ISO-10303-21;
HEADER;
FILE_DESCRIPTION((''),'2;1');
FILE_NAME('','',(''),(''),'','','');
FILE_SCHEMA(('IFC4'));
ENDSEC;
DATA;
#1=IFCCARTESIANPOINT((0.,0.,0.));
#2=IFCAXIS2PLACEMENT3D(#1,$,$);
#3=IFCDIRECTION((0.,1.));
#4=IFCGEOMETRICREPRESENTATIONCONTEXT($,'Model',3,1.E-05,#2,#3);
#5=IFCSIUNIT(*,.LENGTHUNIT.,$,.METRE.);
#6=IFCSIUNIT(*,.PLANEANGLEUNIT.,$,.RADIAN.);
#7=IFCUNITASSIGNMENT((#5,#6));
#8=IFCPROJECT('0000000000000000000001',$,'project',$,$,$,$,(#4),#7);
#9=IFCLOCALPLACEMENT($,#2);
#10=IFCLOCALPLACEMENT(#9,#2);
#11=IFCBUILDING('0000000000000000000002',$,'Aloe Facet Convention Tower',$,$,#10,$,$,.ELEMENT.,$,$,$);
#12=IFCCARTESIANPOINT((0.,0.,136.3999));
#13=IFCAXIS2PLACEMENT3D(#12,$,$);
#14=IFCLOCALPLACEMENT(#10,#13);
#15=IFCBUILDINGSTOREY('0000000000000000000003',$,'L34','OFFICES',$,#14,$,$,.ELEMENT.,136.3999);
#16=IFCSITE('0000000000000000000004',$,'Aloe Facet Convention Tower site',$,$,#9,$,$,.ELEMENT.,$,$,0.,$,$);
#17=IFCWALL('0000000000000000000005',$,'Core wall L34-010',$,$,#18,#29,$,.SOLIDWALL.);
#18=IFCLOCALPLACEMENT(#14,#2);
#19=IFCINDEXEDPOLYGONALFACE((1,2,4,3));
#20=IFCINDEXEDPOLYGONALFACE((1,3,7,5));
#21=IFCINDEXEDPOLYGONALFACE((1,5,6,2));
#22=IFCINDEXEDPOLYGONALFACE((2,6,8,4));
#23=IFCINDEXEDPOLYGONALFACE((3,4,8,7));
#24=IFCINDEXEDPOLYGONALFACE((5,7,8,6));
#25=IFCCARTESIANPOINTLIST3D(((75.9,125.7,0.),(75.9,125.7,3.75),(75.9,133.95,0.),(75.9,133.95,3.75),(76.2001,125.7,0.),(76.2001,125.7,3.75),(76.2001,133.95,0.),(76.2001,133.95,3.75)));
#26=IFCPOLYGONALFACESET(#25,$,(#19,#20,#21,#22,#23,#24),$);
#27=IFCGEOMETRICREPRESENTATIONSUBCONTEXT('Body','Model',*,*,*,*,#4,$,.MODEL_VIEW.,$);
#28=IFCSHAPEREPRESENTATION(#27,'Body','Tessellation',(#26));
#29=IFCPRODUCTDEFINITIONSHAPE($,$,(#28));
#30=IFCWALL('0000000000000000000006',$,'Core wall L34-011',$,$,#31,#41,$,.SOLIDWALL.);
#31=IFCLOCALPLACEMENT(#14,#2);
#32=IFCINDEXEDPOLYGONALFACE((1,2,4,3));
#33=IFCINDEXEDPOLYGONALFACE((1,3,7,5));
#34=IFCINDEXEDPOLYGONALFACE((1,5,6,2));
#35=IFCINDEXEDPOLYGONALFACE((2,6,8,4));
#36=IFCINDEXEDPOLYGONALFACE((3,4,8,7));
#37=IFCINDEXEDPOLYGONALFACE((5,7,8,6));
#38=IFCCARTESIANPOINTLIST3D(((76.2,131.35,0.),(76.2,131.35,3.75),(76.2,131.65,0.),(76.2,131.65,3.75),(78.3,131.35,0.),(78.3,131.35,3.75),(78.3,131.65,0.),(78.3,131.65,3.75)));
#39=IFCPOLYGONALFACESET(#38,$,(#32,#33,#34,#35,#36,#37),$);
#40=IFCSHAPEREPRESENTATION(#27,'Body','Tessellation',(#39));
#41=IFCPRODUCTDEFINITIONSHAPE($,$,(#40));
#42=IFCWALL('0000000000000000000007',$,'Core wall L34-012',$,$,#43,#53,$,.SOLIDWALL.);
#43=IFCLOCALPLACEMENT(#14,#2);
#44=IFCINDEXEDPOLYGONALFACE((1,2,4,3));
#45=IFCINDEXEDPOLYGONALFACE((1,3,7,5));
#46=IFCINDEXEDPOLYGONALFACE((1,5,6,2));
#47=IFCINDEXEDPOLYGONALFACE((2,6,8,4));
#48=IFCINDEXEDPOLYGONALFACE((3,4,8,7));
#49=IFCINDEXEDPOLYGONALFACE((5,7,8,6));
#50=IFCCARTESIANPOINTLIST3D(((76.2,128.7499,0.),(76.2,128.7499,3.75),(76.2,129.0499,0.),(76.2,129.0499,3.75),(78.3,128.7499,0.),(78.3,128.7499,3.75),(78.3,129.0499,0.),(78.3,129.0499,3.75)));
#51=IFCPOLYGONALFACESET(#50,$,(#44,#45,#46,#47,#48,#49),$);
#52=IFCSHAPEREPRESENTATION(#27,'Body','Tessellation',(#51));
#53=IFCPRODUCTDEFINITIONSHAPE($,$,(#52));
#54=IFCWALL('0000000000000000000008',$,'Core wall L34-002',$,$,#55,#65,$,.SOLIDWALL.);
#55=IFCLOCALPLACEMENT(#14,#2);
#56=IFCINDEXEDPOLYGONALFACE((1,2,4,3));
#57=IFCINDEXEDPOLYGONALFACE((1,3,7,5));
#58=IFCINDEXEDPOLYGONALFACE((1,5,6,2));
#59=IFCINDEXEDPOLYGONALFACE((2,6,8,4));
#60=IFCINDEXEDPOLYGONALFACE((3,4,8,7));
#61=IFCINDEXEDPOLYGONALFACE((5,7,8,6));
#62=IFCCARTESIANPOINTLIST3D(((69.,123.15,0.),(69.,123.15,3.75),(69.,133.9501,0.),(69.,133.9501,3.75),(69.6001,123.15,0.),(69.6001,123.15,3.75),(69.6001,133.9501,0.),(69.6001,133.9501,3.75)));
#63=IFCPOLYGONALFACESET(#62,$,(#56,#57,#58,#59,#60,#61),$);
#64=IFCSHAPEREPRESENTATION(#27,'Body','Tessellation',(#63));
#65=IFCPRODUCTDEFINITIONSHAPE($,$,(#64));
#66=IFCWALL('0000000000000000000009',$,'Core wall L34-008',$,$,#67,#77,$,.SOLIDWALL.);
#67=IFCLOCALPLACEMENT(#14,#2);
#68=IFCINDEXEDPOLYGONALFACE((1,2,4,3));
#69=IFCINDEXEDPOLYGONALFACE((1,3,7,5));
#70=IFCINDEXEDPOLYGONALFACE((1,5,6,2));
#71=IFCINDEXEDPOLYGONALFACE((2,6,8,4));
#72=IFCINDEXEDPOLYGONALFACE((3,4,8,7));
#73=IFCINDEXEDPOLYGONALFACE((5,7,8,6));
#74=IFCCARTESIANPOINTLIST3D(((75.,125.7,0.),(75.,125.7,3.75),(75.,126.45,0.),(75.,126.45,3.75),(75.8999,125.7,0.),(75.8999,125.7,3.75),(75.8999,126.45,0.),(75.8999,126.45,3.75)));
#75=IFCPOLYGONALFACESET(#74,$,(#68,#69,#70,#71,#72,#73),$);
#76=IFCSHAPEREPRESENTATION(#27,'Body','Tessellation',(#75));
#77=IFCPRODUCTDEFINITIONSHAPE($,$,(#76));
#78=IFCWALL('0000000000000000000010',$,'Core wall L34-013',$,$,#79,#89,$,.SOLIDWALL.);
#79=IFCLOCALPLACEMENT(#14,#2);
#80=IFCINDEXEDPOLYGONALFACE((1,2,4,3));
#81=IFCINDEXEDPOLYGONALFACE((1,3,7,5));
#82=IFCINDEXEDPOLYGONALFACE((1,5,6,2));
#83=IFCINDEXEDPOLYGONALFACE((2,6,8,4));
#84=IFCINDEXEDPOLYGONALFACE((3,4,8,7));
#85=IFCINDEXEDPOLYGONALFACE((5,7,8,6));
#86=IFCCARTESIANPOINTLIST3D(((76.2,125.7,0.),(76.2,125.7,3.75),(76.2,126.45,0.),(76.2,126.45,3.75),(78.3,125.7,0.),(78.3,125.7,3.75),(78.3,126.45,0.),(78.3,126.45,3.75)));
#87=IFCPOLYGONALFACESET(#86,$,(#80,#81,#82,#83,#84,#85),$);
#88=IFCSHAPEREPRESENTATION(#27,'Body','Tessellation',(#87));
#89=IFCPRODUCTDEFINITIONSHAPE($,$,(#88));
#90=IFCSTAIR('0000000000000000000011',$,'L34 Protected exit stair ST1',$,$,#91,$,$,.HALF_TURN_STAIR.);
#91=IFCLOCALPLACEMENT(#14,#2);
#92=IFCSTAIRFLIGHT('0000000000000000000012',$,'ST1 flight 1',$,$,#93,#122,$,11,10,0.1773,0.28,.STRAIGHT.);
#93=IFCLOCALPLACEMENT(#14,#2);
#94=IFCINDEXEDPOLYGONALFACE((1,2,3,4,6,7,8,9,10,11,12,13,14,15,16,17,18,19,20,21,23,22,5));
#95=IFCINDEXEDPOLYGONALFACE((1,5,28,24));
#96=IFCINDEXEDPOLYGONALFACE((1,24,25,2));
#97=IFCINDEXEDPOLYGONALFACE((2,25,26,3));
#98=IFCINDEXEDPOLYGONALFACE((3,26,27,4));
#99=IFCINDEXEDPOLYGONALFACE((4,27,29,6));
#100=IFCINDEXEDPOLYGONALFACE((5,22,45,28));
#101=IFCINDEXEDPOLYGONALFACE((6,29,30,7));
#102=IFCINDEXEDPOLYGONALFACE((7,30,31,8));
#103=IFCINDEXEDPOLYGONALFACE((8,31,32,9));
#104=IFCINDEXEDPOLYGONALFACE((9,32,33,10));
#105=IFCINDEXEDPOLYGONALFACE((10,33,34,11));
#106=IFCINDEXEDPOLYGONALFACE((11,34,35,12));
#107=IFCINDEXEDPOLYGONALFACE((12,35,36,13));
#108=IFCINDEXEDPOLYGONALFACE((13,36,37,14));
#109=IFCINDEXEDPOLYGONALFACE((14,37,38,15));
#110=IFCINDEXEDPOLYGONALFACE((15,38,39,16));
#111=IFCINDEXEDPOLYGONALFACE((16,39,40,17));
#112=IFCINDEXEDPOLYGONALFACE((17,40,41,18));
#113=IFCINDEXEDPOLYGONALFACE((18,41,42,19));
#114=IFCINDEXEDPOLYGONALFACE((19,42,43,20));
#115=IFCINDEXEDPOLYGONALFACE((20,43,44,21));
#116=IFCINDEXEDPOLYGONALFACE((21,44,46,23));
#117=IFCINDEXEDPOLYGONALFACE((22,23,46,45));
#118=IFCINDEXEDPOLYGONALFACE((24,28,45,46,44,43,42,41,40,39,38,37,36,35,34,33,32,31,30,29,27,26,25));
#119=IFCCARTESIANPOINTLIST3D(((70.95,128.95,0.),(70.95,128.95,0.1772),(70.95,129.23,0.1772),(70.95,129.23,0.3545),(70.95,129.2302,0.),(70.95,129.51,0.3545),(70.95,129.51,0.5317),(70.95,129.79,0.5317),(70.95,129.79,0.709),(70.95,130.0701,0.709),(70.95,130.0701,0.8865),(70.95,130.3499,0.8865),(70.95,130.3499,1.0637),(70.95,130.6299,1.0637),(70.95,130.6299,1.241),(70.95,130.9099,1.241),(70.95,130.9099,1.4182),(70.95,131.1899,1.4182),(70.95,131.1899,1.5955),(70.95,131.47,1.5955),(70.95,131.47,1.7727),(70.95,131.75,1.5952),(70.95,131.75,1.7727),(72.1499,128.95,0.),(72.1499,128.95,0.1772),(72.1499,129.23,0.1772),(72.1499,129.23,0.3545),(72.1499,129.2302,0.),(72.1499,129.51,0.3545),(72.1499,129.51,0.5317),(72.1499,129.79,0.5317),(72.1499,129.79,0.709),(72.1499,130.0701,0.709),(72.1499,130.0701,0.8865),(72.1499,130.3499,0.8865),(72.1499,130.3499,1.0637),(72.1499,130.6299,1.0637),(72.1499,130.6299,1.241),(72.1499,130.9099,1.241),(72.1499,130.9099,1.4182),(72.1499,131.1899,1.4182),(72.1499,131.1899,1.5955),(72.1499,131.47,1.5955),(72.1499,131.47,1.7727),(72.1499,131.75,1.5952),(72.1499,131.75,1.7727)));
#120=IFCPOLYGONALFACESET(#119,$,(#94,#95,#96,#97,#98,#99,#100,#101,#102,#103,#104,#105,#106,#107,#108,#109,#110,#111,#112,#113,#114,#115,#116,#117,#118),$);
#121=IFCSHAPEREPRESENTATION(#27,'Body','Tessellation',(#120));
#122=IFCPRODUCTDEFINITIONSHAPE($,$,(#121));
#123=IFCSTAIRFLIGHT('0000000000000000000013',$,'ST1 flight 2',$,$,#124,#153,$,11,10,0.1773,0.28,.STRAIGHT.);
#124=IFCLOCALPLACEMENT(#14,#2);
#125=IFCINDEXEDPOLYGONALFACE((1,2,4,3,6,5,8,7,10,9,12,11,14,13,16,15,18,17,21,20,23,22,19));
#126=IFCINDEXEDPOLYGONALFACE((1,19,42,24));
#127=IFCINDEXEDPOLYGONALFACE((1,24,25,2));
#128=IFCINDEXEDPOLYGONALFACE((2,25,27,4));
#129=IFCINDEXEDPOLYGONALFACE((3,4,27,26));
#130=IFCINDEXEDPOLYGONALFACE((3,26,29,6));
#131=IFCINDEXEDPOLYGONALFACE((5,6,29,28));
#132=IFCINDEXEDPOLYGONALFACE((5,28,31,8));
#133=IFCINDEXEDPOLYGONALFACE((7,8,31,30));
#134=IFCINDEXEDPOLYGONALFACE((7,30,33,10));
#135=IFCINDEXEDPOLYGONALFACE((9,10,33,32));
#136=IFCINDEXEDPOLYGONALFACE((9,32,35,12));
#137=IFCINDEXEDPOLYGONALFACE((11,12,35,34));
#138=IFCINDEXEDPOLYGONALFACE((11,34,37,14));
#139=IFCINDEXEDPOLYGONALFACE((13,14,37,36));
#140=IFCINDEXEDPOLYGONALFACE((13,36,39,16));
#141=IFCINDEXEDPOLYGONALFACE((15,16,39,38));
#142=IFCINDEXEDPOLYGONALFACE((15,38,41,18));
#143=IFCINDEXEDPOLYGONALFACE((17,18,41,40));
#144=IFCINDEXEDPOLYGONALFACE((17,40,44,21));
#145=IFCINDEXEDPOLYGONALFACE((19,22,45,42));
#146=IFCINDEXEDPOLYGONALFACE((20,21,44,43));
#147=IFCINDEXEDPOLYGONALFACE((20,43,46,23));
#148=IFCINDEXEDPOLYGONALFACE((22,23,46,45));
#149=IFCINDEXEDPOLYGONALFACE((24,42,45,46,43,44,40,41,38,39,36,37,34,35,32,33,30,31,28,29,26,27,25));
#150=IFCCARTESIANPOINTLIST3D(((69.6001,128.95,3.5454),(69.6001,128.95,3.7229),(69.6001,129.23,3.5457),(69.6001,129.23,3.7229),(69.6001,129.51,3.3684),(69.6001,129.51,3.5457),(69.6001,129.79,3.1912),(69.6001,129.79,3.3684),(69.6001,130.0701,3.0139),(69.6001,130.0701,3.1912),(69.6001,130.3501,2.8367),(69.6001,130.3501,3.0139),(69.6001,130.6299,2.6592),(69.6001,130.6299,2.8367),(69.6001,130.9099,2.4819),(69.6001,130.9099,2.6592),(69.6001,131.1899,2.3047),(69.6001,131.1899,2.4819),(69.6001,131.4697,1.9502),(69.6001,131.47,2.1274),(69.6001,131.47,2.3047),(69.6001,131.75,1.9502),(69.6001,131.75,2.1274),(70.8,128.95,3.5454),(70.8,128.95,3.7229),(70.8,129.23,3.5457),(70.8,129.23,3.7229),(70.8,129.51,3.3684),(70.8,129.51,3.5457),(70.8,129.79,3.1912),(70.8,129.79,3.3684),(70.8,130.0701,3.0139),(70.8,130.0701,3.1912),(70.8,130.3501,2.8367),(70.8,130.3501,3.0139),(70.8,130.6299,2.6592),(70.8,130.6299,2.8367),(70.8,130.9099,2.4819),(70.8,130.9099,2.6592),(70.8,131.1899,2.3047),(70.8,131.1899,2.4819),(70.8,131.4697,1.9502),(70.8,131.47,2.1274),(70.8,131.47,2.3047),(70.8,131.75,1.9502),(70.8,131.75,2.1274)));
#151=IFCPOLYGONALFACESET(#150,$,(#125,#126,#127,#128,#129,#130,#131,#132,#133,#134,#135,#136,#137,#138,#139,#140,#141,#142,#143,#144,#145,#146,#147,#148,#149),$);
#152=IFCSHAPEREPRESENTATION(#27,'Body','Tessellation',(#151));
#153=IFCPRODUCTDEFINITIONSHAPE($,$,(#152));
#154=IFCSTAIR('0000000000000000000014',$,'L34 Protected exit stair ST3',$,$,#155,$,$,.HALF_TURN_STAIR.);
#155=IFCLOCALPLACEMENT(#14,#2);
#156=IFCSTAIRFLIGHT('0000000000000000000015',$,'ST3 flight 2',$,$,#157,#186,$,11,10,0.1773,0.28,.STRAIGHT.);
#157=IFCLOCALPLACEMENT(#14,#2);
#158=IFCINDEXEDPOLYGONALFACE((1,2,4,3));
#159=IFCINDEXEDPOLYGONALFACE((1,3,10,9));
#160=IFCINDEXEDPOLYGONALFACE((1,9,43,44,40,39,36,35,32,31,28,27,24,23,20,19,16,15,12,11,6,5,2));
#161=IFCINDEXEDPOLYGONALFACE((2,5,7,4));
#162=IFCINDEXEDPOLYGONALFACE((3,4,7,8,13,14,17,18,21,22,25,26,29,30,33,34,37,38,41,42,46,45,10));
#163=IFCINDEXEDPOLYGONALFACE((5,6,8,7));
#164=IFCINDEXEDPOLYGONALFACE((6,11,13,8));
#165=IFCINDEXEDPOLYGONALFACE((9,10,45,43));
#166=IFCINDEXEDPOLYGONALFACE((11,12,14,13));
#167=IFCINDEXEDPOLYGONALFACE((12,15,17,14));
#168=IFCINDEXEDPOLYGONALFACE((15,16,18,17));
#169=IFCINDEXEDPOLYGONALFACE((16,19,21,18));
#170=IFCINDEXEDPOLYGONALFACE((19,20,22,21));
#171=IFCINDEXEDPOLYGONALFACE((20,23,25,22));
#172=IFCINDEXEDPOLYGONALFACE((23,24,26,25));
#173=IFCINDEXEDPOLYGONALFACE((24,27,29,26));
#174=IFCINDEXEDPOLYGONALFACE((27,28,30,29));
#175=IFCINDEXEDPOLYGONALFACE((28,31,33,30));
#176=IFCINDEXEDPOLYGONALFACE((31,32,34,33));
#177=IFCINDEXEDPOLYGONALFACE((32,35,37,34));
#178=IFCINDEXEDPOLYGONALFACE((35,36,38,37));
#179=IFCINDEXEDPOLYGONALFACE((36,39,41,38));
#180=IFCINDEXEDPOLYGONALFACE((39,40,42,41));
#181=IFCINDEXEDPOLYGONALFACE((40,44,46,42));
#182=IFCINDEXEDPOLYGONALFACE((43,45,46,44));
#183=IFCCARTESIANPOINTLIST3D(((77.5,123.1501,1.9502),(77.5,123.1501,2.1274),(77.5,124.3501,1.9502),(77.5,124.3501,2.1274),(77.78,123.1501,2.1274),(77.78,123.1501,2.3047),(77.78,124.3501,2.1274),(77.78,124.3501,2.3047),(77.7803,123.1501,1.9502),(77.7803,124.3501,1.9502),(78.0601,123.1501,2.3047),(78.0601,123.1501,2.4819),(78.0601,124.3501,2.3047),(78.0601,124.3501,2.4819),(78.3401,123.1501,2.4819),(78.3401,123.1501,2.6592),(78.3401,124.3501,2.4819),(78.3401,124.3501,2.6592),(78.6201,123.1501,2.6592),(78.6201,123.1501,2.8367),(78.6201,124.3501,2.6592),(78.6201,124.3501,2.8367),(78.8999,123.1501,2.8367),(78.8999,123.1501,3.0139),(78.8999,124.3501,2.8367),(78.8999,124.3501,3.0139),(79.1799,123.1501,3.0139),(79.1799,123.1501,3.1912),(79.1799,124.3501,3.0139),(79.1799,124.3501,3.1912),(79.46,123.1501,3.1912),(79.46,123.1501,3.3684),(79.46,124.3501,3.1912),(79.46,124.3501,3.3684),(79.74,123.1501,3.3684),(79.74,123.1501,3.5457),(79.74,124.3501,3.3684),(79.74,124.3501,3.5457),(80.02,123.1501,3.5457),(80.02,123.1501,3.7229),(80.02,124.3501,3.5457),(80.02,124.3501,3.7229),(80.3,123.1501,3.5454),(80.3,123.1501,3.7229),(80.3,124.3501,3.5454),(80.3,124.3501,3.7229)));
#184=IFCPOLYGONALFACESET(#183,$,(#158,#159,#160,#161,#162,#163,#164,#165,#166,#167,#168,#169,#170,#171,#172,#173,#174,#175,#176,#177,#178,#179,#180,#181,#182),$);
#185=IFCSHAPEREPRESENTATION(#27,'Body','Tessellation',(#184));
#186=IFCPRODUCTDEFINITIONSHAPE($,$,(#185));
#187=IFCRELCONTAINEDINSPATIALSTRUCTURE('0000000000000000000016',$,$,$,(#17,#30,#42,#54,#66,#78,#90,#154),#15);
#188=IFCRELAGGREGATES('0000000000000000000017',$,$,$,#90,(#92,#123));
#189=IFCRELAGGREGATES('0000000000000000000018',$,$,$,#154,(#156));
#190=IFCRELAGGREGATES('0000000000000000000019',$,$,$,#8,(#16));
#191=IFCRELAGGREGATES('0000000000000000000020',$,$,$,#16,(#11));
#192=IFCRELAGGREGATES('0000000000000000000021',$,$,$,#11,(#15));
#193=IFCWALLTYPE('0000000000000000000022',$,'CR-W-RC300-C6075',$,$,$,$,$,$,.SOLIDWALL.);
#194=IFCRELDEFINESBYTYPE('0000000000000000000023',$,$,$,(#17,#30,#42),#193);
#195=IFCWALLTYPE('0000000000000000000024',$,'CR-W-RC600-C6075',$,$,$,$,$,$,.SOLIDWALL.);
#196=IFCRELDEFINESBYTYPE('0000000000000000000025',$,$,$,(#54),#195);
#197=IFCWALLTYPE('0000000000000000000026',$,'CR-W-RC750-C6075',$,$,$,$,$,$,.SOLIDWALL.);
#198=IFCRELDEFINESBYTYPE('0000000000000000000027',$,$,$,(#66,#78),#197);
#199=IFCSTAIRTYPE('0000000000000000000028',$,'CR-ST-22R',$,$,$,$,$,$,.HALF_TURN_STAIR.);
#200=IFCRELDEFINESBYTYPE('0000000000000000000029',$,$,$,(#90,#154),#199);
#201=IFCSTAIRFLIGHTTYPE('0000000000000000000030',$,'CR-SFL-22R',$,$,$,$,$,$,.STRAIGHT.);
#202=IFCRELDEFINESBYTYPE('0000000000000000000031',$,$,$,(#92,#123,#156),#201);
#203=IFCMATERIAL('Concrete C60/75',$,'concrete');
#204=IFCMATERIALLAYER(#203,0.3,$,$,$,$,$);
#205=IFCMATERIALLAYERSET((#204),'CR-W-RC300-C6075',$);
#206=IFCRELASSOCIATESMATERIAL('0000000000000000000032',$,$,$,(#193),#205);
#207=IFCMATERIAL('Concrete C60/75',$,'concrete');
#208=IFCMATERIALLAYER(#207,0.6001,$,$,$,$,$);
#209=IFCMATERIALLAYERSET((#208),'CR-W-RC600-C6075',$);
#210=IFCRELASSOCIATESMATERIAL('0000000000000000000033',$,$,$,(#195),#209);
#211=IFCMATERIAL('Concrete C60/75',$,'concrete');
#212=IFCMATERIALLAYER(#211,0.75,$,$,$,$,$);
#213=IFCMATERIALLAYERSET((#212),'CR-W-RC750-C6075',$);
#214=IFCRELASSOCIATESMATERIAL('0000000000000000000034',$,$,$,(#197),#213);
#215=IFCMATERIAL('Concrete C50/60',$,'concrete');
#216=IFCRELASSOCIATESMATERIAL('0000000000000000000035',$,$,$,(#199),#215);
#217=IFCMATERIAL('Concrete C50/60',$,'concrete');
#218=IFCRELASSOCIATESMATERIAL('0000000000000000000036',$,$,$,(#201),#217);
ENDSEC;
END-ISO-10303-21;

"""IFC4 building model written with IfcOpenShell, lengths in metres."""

from ifc_helpers import new_model, si_unit, direction, frame, frame_2d, origin, place, context, subcontext, project, spatial, polyline, rectangle, outline, extrude, material, layer, layer_set, type_object, element, aggregate, save


model = new_model("IFC4")

# Units and contexts
model_context = context("Model", 3, precision=1e-05, world=origin(), true_north=direction((0.0, 1.0)))
body_context = subcontext(model_context, "Body", "Model", "MODEL_VIEW")
ifc_project = project(units=[si_unit("LENGTHUNIT", "METRE"), si_unit("PLANEANGLEUNIT", "RADIAN")], contexts=[model_context])

# Site, building, storey
site_placement = place(None, origin())
site = spatial("IfcSite", under=ifc_project, at=site_placement, Name="Aloe Facet Convention Tower site", CompositionType="ELEMENT", RefElevation=0.0)
building_placement = place(site_placement, origin())
building = spatial("IfcBuilding", under=site, at=building_placement, Name="Aloe Facet Convention Tower", CompositionType="ELEMENT")
storey_placement = place(building_placement, frame((0.0, 0.0, 136.3999)))
storey = spatial("IfcBuildingStorey", under=building, at=storey_placement, Name="L34", Description="OFFICES", CompositionType="ELEMENT", Elevation=136.3999)

# Shared definitions
ifc_material_1 = material(Name="Concrete C60/75", Category="concrete")
ifc_layer_1 = layer(ifc_material_1, 0.3)
ifc_layer_set_1 = layer_set([ifc_layer_1], Name="CR-W-RC300-C6075")
wall_type_1 = type_object("IfcWallType", Name="CR-W-RC300-C6075", PredefinedType="SOLIDWALL", material=ifc_layer_set_1)

# Walls
wall_1_placement = place(storey_placement, frame((76.05, 133.95, 0.0), z_axis=(0.0, 0.0, 1.0), x_axis=(0.0, -1.0, 0.0)))
element("IfcWall", 1, at=wall_1_placement, inside=storey, type_object=wall_type_1, Name="Core wall L34-010", PredefinedType="SOLIDWALL", context=body_context, shape_type="SweptSolid", body=[
    extrude(rectangle(XDim=8.25, YDim=0.3, at=frame_2d((4.125, 0.0))), origin(), (0.0, 0.0, 1.0), 3.75),
])
for number, where, z_axis, x_axis, name in (
    (2, (76.2, 131.5, 0.0), (0.0, 0.0, 1.0), (1.0, 0.0, 0.0), "Core wall L34-011"),
    (3, (76.2, 128.8999, 0.0), (0.0, 0.0, 1.0), (1.0, 0.0, 0.0), "Core wall L34-012"),
):
    element("IfcWall", number, at=place(storey_placement, frame(where, z_axis=z_axis, x_axis=x_axis)), inside=storey, type_object=wall_type_1, Name=name, PredefinedType="SOLIDWALL", context=body_context, shape_type="SweptSolid", body=[
        extrude(rectangle(XDim=2.1001, YDim=0.3, at=frame_2d((1.05, 0.0))), origin(), (0.0, 0.0, 1.0), 3.75),
    ])
ifc_material_2 = material(Name="Concrete C60/75", Category="concrete")
ifc_layer_2 = layer(ifc_material_2, 0.6001)
ifc_layer_set_2 = layer_set([ifc_layer_2], Name="CR-W-RC600-C6075")
wall_type_2 = type_object("IfcWallType", Name="CR-W-RC600-C6075", PredefinedType="SOLIDWALL", material=ifc_layer_set_2)
wall_2_placement = place(storey_placement, frame((69.3, 133.95, 0.0), z_axis=(0.0, 0.0, 1.0), x_axis=(0.0, -1.0, 0.0)))
element("IfcWall", 4, at=wall_2_placement, inside=storey, type_object=wall_type_2, Name="Core wall L34-002", PredefinedType="SOLIDWALL", context=body_context, shape_type="SweptSolid", body=[
    extrude(rectangle(XDim=10.8, YDim=0.6001, at=frame_2d((5.3999, 0.0))), origin(), (0.0, 0.0, 1.0), 3.75),
])
ifc_material_3 = material(Name="Concrete C60/75", Category="concrete")
ifc_layer_3 = layer(ifc_material_3, 0.75)
ifc_layer_set_3 = layer_set([ifc_layer_3], Name="CR-W-RC750-C6075")
wall_type_3 = type_object("IfcWallType", Name="CR-W-RC750-C6075", PredefinedType="SOLIDWALL", material=ifc_layer_set_3)
wall_3_placement = place(storey_placement, frame((75.0, 126.075, 0.0), z_axis=(0.0, 0.0, 1.0), x_axis=(1.0, 0.0, 0.0)))
element("IfcWall", 5, at=wall_3_placement, inside=storey, type_object=wall_type_3, Name="Core wall L34-008", PredefinedType="SOLIDWALL", context=body_context, shape_type="SweptSolid", body=[
    extrude(rectangle(XDim=0.8999, YDim=0.75, at=frame_2d((0.45, 0.0))), origin(), (0.0, 0.0, 1.0), 3.75),
])
wall_4_placement = place(storey_placement, frame((76.2, 126.075, 0.0), z_axis=(0.0, 0.0, 1.0), x_axis=(1.0, 0.0, 0.0)))
element("IfcWall", 6, at=wall_4_placement, inside=storey, type_object=wall_type_3, Name="Core wall L34-013", PredefinedType="SOLIDWALL", context=body_context, shape_type="SweptSolid", body=[
    extrude(rectangle(XDim=2.1001, YDim=0.75, at=frame_2d((1.05, 0.0))), origin(), (0.0, 0.0, 1.0), 3.75),
])

# Stair, stair flights
ifc_material_4 = material(Name="Concrete C50/60", Category="concrete")
stair_type = type_object("IfcStairType", Name="CR-ST-22R", PredefinedType="HALF_TURN_STAIR", material=ifc_material_4)
stair_1_placement = place(storey_placement, origin())
stair_1 = element("IfcStair", 7, at=stair_1_placement, inside=storey, type_object=stair_type, Name="L34 Protected exit stair ST1", PredefinedType="HALF_TURN_STAIR")
ifc_material_5 = material(Name="Concrete C50/60", Category="concrete")
stair_flight_type = type_object("IfcStairFlightType", Name="CR-SFL-22R", PredefinedType="STRAIGHT", material=ifc_material_5)
stair_flight_1_placement = place(storey_placement, frame((71.55, 128.95, 0.0), z_axis=(0.0, 0.0, 1.0), x_axis=(0.0, 1.0, 0.0)))
stair_flight_1 = element("IfcStairFlight", 8, at=stair_flight_1_placement, type_object=stair_flight_type, Name="ST1 flight 1", NumberOfRisers=11, NumberOfTreads=10, PredefinedType="STRAIGHT", RiserHeight=0.1773, TreadLength=0.28, context=body_context, shape_type="SweptSolid", body=[
    extrude(outline(polyline([(0.0, 0.0), (0.0, 0.1772), (0.28, 0.1772), (0.28, 0.3545), (0.5601, 0.3545), (0.5601, 0.5317), (0.8401, 0.5317), (0.8401, 0.709), (1.1201, 0.709), (1.1201, 0.8865), (1.3999, 0.8865), (1.3999, 1.0637), (1.6799, 1.0637), (1.6799, 1.241), (1.96, 1.241), (1.96, 1.4182), (2.24, 1.4182), (2.24, 1.5955), (2.52, 1.5955), (2.52, 1.7727), (2.8, 1.7727), (2.8, 1.95), (2.8, 1.5952), (0.2803, 0.0), (0.0, 0.0)])), frame((0.0, 0.6001, 0.0), z_axis=(0.0, -1.0, 0.0), x_axis=(1.0, 0.0, 0.0)), (0.0, 0.0, 1.0), 1.2),
])
stair_flight_2_placement = place(storey_placement, frame((70.2, 131.75, 1.9502), z_axis=(0.0, 0.0, 1.0), x_axis=(0.0, -1.0, 0.0)))
stair_flight_2 = element("IfcStairFlight", 9, at=stair_flight_2_placement, type_object=stair_flight_type, Name="ST1 flight 2", NumberOfRisers=11, NumberOfTreads=10, PredefinedType="STRAIGHT", RiserHeight=0.1773, TreadLength=0.28, context=body_context, shape_type="SweptSolid", body=[
    extrude(outline(polyline([(0.0, 0.0), (0.0, 0.1772), (0.28, 0.1772), (0.28, 0.3545), (0.5601, 0.3545), (0.5601, 0.5317), (0.8401, 0.5317), (0.8401, 0.709), (1.1201, 0.709), (1.1201, 0.8865), (1.3999, 0.8865), (1.3999, 1.0637), (1.6799, 1.0637), (1.6799, 1.241), (1.96, 1.241), (1.96, 1.4182), (2.24, 1.4182), (2.24, 1.5955), (2.52, 1.5955), (2.52, 1.7727), (2.8, 1.7727), (2.8, 1.95), (2.8, 1.5952), (0.2803, 0.0), (0.0, 0.0)])), frame((0.0, 0.6001, 0.0), z_axis=(0.0, -1.0, 0.0), x_axis=(1.0, 0.0, 0.0)), (0.0, 0.0, 1.0), 1.2),
])
aggregate(stair_1, [stair_flight_1, stair_flight_2])

# Stair, stair flight
stair_2_placement = place(storey_placement, origin())
stair_2 = element("IfcStair", 10, at=stair_2_placement, inside=storey, type_object=stair_type, Name="L34 Protected exit stair ST3", PredefinedType="HALF_TURN_STAIR")
stair_flight_3_placement = place(storey_placement, frame((77.5, 123.75, 1.9502), z_axis=(0.0, 0.0, 1.0), x_axis=(1.0, 0.0, 0.0)))
stair_flight_3 = element("IfcStairFlight", 11, at=stair_flight_3_placement, type_object=stair_flight_type, Name="ST3 flight 2", NumberOfRisers=11, NumberOfTreads=10, PredefinedType="STRAIGHT", RiserHeight=0.1773, TreadLength=0.28, context=body_context, shape_type="SweptSolid", body=[
    extrude(outline(polyline([(0.0, 0.0), (0.0, 0.1772), (0.28, 0.1772), (0.28, 0.3545), (0.5601, 0.3545), (0.5601, 0.5317), (0.8401, 0.5317), (0.8401, 0.709), (1.1201, 0.709), (1.1201, 0.8865), (1.3999, 0.8865), (1.3999, 1.0637), (1.6799, 1.0637), (1.6799, 1.241), (1.96, 1.241), (1.96, 1.4182), (2.24, 1.4182), (2.24, 1.5955), (2.52, 1.5955), (2.52, 1.7727), (2.8, 1.7727), (2.8, 1.95), (2.8, 1.5952), (0.2803, 0.0), (0.0, 0.0)])), frame((0.0, 0.6001, 0.0), z_axis=(0.0, -1.0, 0.0), x_axis=(1.0, 0.0, 0.0)), (0.0, 0.0, 1.0), 1.2),
])
aggregate(stair_2, [stair_flight_3])

save(model, "model.ifc")
